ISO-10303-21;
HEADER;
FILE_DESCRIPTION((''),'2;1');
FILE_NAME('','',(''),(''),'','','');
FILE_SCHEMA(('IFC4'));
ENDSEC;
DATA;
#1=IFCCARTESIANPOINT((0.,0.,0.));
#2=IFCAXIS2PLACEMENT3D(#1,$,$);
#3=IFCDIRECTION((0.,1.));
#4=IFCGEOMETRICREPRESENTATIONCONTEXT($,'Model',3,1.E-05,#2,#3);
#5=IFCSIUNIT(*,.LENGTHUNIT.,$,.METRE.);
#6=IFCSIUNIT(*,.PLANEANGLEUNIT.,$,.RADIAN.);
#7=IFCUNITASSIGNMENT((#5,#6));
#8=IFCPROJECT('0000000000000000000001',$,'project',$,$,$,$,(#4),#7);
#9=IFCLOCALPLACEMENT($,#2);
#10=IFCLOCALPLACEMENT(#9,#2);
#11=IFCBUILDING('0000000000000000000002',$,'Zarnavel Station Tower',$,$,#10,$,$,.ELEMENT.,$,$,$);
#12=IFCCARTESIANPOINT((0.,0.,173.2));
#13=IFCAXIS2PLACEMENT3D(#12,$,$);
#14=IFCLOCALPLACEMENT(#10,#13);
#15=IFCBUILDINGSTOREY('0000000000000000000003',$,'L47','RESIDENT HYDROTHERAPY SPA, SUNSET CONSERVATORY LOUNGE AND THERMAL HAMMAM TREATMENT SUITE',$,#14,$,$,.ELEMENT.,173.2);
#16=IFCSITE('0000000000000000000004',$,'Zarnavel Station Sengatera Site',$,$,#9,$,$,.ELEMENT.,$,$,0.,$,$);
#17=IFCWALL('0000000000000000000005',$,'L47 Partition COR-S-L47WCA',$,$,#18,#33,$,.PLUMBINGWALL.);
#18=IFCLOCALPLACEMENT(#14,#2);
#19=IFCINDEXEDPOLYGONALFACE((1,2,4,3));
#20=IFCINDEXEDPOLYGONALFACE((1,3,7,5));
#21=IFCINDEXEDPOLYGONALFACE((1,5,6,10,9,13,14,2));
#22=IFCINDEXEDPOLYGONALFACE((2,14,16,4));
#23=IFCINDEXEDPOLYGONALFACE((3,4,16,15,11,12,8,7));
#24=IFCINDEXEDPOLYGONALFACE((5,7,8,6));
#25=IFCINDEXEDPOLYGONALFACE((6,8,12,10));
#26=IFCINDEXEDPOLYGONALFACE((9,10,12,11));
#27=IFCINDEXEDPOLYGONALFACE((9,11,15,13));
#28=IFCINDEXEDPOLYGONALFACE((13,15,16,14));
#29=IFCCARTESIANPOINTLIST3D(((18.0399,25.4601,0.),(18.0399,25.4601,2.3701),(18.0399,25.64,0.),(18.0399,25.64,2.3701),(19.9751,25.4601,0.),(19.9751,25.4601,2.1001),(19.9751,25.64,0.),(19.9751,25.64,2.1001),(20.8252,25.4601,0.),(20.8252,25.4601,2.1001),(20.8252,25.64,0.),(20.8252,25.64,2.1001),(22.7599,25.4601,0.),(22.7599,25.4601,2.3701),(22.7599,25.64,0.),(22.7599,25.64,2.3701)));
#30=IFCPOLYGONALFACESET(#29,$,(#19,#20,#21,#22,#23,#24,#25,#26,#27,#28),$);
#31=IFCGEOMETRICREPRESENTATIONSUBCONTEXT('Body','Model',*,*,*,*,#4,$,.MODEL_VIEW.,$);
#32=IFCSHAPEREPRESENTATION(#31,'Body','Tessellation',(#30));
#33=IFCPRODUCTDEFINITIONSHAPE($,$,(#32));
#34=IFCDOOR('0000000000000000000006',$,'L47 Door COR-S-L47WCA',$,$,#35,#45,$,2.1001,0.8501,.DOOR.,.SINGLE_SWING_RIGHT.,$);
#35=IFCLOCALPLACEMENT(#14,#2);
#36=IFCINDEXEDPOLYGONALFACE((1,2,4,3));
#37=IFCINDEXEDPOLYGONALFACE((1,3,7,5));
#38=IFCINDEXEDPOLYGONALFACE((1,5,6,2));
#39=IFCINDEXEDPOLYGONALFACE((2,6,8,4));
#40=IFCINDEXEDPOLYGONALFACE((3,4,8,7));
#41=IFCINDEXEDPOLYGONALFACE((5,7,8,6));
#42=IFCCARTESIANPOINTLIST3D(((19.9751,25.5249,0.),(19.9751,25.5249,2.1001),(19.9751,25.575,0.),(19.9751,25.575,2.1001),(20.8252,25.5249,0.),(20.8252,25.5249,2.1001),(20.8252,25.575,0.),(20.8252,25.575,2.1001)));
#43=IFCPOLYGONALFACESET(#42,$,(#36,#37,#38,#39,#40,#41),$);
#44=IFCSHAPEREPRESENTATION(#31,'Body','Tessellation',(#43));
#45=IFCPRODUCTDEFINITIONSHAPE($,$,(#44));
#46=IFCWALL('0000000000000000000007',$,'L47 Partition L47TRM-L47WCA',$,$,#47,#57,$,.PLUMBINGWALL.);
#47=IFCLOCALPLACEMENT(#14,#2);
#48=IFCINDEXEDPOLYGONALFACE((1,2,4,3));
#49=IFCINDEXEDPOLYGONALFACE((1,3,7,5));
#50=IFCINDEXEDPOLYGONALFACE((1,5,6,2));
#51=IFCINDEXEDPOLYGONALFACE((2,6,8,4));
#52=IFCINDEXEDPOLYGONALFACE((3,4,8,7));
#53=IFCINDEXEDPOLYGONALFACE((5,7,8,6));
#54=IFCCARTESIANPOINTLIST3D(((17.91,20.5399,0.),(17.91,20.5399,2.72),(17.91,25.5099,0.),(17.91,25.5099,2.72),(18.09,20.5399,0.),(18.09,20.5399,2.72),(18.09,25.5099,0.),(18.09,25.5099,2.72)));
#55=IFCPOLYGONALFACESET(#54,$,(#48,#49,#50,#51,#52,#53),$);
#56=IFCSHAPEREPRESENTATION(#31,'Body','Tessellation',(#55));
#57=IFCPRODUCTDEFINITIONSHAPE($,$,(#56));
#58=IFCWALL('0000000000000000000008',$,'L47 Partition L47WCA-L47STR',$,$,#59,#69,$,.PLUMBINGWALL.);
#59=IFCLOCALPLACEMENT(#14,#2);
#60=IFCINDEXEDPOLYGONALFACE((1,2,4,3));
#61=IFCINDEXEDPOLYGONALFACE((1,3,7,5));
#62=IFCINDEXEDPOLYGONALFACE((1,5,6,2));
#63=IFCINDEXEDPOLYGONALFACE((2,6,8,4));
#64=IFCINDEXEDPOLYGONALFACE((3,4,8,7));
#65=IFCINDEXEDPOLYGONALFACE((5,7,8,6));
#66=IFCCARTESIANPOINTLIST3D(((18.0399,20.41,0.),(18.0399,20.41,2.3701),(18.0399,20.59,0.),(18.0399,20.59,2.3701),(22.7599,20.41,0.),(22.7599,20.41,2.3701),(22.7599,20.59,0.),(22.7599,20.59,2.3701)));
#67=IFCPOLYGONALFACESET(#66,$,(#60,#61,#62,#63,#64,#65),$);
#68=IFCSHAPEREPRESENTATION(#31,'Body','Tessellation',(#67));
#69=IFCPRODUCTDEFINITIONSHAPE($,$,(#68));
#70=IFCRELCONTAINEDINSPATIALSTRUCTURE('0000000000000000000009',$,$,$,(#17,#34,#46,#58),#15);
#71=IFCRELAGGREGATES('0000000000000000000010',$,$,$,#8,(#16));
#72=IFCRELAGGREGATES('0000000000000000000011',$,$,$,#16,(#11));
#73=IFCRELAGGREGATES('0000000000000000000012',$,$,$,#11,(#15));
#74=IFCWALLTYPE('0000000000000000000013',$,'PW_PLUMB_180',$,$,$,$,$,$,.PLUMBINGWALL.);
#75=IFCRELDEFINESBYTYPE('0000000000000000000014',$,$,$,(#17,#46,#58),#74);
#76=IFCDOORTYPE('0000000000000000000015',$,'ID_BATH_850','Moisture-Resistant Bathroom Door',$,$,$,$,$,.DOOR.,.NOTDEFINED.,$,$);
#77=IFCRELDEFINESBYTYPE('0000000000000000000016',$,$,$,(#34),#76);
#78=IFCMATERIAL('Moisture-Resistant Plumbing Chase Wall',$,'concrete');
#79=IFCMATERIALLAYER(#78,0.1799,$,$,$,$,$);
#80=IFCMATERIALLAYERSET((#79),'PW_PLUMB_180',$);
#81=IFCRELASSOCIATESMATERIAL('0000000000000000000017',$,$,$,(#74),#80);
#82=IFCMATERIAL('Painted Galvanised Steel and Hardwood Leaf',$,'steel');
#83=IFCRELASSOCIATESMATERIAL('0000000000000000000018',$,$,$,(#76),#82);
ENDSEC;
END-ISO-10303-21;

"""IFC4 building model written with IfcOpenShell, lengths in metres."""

from ifc_helpers import new_model, si_unit, direction, frame, frame_2d, origin, place, context, subcontext, project, spatial, rectangle, extrude, material, layer, layer_set, type_object, element, fill, save


model = new_model("IFC4")

# Units and contexts
model_context = context("Model", 3, precision=1e-05, world=origin(), true_north=direction((0.0, 1.0)))
body_context = subcontext(model_context, "Body", "Model", "MODEL_VIEW")
ifc_project = project(units=[si_unit("LENGTHUNIT", "METRE"), si_unit("PLANEANGLEUNIT", "RADIAN")], contexts=[model_context])

# Site, building, storey
site_placement = place(None, origin())
site = spatial("IfcSite", under=ifc_project, at=site_placement, Name="Zarnavel Station Sengatera Site", CompositionType="ELEMENT", RefElevation=0.0)
building_placement = place(site_placement, origin())
building = spatial("IfcBuilding", under=site, at=building_placement, Name="Zarnavel Station Tower", CompositionType="ELEMENT")
storey_placement = place(building_placement, frame((0.0, 0.0, 173.2)))
storey = spatial("IfcBuildingStorey", under=building, at=storey_placement, Name="L47", Description="RESIDENT HYDROTHERAPY SPA, SUNSET CONSERVATORY LOUNGE AND THERMAL HAMMAM TREATMENT SUITE", CompositionType="ELEMENT", Elevation=173.2)

# Wall, opening, door
ifc_material_1 = material(Name="Moisture-Resistant Plumbing Chase Wall", Category="concrete")
ifc_layer_1 = layer(ifc_material_1, 0.1799)
ifc_layer_set_1 = layer_set([ifc_layer_1], Name="PW_PLUMB_180")
wall_type_1 = type_object("IfcWallType", Name="PW_PLUMB_180", PredefinedType="PLUMBINGWALL", material=ifc_layer_set_1)
wall_1_placement = place(storey_placement, frame((18.04, 25.55, 0.0), z_axis=(0.0, 0.0, 1.0), x_axis=(1.0, 0.0, 0.0)))
wall_1 = element("IfcWall", 1, at=wall_1_placement, inside=storey, type_object=wall_type_1, Name="L47 Partition COR-S-L47WCA", PredefinedType="PLUMBINGWALL", context=body_context, shape_type="SweptSolid", body=[
    extrude(rectangle(XDim=4.72, YDim=0.1799, at=frame_2d((2.3599, 0.0))), origin(), (0.0, 0.0, 1.0), 2.3701),
])
opening_1_placement = place(wall_1_placement, frame((1.9351, 0.0, 0.0)))
opening_1 = element("IfcOpeningElement", 2, at=opening_1_placement, cuts=wall_1, PredefinedType="OPENING", context=body_context, shape_type="SweptSolid", body=[
    extrude(rectangle(XDim=0.8501, YDim=2.1001, at=frame_2d((0.425, 1.05))), frame((0.0, 0.0999, 0.0), z_axis=(0.0, -1.0, 0.0), x_axis=(1.0, 0.0, 0.0)), (0.0, 0.0, 1.0), 0.2),
])
ifc_material_2 = material(Name="Painted Galvanised Steel and Hardwood Leaf", Category="steel")
door_type_1 = type_object("IfcDoorType", Name="ID_BATH_850", Description="Moisture-Resistant Bathroom Door", OperationType="NOTDEFINED", PredefinedType="DOOR", material=ifc_material_2)
door_1_placement = place(opening_1_placement, origin())
door_1 = element("IfcDoor", 3, at=door_1_placement, inside=storey, type_object=door_type_1, Name="L47 Door COR-S-L47WCA", OperationType="SINGLE_SWING_RIGHT", OverallHeight=2.1001, OverallWidth=0.8501, PredefinedType="DOOR", context=body_context, shape_type="SweptSolid", body=[
    extrude(rectangle(XDim=0.8501, YDim=2.1001, at=frame_2d((0.425, 1.05))), frame((0.0, 0.0249, 0.0), z_axis=(0.0, -1.0, 0.0), x_axis=(1.0, 0.0, 0.0)), (0.0, 0.0, 1.0), 0.05),
])
fill(opening_1, door_1)

# Walls
wall_2_placement = place(storey_placement, frame((18.0, 20.54, 0.0), z_axis=(0.0, 0.0, 1.0), x_axis=(0.0, 1.0, 0.0)))
element("IfcWall", 4, at=wall_2_placement, inside=storey, type_object=wall_type_1, Name="L47 Partition L47TRM-L47WCA", PredefinedType="PLUMBINGWALL", context=body_context, shape_type="SweptSolid", body=[
    extrude(rectangle(XDim=4.97, YDim=0.1799, at=frame_2d((2.4849, 0.0))), origin(), (0.0, 0.0, 1.0), 2.72),
])
wall_3_placement = place(storey_placement, frame((18.04, 20.5, 0.0), z_axis=(0.0, 0.0, 1.0), x_axis=(1.0, 0.0, 0.0)))
element("IfcWall", 5, at=wall_3_placement, inside=storey, type_object=wall_type_1, Name="L47 Partition L47WCA-L47STR", PredefinedType="PLUMBINGWALL", context=body_context, shape_type="SweptSolid", body=[
    extrude(rectangle(XDim=4.72, YDim=0.1799, at=frame_2d((2.3599, 0.0))), origin(), (0.0, 0.0, 1.0), 2.3701),
])

save(model, "model.ifc")
